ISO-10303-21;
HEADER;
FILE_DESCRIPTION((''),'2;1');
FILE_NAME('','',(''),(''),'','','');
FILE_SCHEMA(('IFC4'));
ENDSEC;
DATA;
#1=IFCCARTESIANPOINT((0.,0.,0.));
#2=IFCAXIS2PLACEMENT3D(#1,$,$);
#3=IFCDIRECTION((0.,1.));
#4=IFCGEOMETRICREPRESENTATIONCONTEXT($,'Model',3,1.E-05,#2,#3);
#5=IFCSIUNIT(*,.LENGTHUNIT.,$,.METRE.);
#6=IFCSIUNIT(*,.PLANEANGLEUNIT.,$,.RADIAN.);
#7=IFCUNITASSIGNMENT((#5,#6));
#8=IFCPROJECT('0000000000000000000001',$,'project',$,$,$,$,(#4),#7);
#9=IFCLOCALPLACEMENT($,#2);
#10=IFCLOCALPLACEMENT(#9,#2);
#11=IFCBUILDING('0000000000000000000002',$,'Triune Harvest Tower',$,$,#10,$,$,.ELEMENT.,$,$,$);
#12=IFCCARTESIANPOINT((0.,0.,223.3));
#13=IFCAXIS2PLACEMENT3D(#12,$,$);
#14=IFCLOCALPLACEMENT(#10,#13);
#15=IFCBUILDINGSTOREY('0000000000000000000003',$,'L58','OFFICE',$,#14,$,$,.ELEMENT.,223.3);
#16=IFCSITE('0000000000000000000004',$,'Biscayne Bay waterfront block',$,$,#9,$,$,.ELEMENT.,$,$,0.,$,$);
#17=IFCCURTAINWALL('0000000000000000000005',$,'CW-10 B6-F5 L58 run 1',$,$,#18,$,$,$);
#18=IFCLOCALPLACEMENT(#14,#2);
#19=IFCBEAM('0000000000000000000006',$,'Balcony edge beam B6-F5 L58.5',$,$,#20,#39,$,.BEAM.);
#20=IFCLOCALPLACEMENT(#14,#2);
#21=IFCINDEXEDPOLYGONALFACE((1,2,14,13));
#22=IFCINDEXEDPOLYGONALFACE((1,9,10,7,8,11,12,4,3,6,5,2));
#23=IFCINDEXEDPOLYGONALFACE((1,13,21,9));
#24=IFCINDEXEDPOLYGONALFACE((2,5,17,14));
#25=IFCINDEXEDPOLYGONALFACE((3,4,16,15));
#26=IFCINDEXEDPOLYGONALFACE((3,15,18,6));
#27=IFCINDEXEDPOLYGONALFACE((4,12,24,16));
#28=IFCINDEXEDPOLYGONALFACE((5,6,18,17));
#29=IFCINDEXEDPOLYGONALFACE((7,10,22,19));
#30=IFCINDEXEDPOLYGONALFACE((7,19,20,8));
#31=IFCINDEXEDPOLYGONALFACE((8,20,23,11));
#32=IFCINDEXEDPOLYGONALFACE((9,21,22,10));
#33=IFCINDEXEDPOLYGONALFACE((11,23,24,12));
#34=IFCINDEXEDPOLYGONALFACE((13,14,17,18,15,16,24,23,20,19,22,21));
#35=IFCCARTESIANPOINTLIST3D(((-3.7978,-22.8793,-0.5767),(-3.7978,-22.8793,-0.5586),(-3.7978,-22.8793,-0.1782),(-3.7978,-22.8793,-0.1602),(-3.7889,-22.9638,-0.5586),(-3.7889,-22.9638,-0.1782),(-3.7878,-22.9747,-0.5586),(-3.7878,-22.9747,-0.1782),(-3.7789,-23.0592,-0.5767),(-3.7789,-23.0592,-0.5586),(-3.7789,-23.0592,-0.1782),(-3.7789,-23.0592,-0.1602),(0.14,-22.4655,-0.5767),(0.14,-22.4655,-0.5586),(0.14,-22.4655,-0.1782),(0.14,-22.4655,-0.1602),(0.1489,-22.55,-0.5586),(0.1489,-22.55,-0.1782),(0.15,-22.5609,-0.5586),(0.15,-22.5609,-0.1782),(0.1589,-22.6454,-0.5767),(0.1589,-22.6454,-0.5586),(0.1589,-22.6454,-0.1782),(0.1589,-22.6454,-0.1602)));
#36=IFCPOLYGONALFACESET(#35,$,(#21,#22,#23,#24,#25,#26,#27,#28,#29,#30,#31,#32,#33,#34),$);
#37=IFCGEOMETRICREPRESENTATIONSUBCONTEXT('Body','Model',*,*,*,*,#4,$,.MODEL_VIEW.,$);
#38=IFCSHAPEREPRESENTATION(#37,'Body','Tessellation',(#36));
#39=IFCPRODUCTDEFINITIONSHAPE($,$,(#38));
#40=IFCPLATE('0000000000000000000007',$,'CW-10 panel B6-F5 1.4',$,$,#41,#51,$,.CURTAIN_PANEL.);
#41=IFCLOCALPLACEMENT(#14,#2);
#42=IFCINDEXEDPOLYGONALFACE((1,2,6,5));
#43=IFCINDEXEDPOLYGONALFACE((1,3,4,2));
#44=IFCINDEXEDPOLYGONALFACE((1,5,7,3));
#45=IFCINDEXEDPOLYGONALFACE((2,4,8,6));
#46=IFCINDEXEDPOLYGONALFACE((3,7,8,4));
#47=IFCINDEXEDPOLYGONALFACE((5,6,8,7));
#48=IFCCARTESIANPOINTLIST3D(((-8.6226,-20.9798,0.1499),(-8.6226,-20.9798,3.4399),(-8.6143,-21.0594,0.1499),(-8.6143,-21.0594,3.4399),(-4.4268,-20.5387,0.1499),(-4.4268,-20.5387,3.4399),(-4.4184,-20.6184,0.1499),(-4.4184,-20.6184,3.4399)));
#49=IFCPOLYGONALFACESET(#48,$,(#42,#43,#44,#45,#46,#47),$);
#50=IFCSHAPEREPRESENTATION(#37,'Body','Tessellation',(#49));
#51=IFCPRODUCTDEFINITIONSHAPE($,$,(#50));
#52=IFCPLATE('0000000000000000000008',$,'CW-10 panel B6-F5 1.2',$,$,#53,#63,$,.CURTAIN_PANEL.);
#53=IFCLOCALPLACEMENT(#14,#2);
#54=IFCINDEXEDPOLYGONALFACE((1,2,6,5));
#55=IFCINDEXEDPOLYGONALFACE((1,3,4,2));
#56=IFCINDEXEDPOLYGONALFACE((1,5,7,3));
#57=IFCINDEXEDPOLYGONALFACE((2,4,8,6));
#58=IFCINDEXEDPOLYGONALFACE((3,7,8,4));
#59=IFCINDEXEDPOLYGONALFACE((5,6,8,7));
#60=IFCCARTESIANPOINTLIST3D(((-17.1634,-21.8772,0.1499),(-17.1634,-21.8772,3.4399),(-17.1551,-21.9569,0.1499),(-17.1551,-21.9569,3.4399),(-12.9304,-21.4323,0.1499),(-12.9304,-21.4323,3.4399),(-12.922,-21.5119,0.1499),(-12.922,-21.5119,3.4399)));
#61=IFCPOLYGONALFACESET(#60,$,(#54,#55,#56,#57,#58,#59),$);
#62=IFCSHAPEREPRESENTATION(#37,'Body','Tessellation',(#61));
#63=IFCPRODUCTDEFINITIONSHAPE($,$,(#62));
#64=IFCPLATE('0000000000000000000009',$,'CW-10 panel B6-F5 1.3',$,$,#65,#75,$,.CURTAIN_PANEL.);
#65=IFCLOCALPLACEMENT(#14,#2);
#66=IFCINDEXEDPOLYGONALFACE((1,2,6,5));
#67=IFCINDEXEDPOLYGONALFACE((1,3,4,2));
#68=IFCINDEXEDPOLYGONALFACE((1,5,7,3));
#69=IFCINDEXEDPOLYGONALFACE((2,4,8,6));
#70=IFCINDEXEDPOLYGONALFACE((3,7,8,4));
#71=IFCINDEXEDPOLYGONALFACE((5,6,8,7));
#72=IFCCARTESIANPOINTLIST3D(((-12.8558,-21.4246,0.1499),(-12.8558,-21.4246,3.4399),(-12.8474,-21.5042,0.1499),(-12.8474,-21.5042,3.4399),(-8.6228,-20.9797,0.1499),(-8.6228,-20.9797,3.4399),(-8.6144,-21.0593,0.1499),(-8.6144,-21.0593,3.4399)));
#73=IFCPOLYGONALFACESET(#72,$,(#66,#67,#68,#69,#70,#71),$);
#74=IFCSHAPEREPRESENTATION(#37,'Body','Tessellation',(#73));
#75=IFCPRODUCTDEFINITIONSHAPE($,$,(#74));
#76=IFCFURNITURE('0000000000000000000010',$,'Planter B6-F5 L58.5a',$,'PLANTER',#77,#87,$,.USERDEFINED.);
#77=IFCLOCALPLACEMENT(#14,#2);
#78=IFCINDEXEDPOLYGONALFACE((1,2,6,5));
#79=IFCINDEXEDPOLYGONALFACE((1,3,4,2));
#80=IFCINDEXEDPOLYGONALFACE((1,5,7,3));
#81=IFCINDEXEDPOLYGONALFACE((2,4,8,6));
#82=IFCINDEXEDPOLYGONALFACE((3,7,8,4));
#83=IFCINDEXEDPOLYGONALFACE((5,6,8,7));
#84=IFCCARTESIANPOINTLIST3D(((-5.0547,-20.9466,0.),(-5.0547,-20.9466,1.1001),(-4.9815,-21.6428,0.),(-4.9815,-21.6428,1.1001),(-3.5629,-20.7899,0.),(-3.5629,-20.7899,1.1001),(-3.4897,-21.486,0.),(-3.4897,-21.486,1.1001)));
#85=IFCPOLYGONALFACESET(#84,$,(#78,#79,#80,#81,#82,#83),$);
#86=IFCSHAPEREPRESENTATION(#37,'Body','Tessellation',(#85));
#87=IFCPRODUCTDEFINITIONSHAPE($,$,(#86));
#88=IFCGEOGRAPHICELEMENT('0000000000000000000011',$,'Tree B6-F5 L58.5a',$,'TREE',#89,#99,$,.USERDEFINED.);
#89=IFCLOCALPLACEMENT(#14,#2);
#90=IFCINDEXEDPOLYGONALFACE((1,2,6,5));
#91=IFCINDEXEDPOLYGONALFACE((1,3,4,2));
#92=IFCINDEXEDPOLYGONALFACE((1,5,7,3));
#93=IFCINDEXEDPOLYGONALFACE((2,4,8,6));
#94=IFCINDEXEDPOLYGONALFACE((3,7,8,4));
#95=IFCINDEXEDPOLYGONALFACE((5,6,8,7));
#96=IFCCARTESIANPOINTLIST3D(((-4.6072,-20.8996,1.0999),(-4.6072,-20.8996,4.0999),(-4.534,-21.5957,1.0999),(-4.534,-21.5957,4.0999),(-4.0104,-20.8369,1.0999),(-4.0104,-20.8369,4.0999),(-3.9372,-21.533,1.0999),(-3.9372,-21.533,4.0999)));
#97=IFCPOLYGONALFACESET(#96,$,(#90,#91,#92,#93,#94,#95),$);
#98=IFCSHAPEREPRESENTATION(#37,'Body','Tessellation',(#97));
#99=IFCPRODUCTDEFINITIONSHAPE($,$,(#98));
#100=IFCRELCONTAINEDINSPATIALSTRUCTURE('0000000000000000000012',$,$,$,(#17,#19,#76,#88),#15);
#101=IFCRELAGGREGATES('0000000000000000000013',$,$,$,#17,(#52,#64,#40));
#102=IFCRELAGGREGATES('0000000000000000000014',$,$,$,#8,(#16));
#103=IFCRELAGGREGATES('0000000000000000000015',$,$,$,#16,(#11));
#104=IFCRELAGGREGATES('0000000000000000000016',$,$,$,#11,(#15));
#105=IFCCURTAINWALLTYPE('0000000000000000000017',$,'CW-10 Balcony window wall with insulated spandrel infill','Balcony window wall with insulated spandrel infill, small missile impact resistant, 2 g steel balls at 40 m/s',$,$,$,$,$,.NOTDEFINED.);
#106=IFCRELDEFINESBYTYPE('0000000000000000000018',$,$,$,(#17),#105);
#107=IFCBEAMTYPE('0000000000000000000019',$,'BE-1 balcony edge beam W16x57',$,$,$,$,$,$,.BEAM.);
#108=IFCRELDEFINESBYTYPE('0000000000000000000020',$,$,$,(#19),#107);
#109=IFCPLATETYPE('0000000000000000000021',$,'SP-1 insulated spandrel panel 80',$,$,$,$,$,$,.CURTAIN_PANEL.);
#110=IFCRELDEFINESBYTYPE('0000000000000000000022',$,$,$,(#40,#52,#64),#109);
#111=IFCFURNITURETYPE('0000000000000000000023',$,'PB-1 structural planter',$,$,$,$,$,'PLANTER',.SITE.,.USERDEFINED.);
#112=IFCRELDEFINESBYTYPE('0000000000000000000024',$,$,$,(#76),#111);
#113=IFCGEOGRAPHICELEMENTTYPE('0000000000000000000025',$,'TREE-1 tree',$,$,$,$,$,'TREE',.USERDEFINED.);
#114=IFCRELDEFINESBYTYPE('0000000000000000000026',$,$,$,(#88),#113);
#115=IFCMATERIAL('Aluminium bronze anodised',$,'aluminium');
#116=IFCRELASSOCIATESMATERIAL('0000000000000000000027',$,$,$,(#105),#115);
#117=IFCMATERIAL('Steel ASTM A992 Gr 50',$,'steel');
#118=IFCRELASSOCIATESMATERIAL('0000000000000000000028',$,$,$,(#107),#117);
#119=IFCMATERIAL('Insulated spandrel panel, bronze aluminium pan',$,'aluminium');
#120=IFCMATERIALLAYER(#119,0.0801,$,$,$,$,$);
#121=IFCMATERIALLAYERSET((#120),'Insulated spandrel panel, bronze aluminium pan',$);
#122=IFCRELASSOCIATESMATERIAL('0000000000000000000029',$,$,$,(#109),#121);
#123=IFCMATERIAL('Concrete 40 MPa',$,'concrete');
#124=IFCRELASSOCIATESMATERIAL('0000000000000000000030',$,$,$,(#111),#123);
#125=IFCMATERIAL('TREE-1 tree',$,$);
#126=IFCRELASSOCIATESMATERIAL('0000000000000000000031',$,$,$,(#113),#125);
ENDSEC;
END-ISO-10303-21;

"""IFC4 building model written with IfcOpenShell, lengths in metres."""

from ifc_helpers import new_model, si_unit, direction, frame, origin, origin_2d, place, context, subcontext, project, spatial, rectangle, i_section, extrude, source, transform, mapped, material, layer, layer_set, material_profile, profile_set, type_object, element, aggregate, save


model = new_model("IFC4")

# Units and contexts
model_context = context("Model", 3, precision=1e-05, world=origin(), true_north=direction((0.0, 1.0)))
body_context = subcontext(model_context, "Body", "Model", "MODEL_VIEW")
ifc_project = project(units=[si_unit("LENGTHUNIT", "METRE"), si_unit("PLANEANGLEUNIT", "RADIAN")], contexts=[model_context])

# Site, building, storey
site_placement = place(None, origin())
site = spatial("IfcSite", under=ifc_project, at=site_placement, Name="Biscayne Bay waterfront block", CompositionType="ELEMENT", RefElevation=0.0)
building_placement = place(site_placement, origin())
building = spatial("IfcBuilding", under=site, at=building_placement, Name="Triune Harvest Tower", CompositionType="ELEMENT")
storey_placement = place(building_placement, frame((0.0, 0.0, 223.3)))
storey = spatial("IfcBuildingStorey", under=building, at=storey_placement, Name="L58", Description="OFFICE", CompositionType="ELEMENT", Elevation=223.3)

# Curtain wall
ifc_material_1 = material(Name="Aluminium bronze anodised", Category="aluminium")
curtain_wall_type = type_object("IfcCurtainWallType", Name="CW-10 Balcony window wall with insulated spandrel infill", Description="Balcony window wall with insulated spandrel infill, small missile impact resistant, 2 g steel balls at 40 m/s", PredefinedType="NOTDEFINED", material=ifc_material_1)
curtain_wall_placement = place(storey_placement, origin())
curtain_wall = element("IfcCurtainWall", 1, at=curtain_wall_placement, inside=storey, type_object=curtain_wall_type, Name="CW-10 B6-F5 L58 run 1")

# Beam
ifc_material_2 = material(Name="Steel ASTM A992 Gr 50", Category="steel")
ifc_material_profile_1 = material_profile(ifc_material_2, i_section(OverallWidth=0.1809, OverallDepth=0.4165, WebThickness=0.011, FlangeThickness=0.0181, at=origin_2d()), Name="W16x57")
ifc_profile_set_1 = profile_set([ifc_material_profile_1], Name="Steel ASTM A992 Gr 50")
beam_type_1 = type_object("IfcBeamType", Name="BE-1 balcony edge beam W16x57", PredefinedType="BEAM", material=ifc_profile_set_1)
shared_shape_1 = source(origin(), body_context, "Body", "SweptSolid", [
    extrude(i_section(OverallWidth=0.1809, OverallDepth=0.4165, WebThickness=0.011, FlangeThickness=0.0181, at=origin_2d()), origin(), (0.0, 0.0, 1.0), 3.9595),
])
beam_1_placement = place(storey_placement, frame((-3.7883, -22.9692, -0.3684), z_axis=(0.994523, 0.104515, 0.0), x_axis=(-0.104515, 0.994523, 0.0)))
element("IfcBeam", 2, at=beam_1_placement, inside=storey, type_object=beam_type_1, Name="Balcony edge beam B6-F5 L58.5", PredefinedType="BEAM", context=body_context, shape_type="MappedRepresentation", body=[
    mapped(shared_shape_1, transform((0.0, 0.0, 0.0), scale=1.0)),
])

# Plates
ifc_material_3 = material(Name="Insulated spandrel panel, bronze aluminium pan", Category="aluminium")
ifc_layer = layer(ifc_material_3, 0.0801)
ifc_layer_set = layer_set([ifc_layer], Name="Insulated spandrel panel, bronze aluminium pan")
plate_type = type_object("IfcPlateType", Name="SP-1 insulated spandrel panel 80", PredefinedType="CURTAIN_PANEL", material=ifc_layer_set)
shared_shape_2 = source(origin(), body_context, "Body", "SweptSolid", [
    extrude(rectangle(XDim=4.219, YDim=0.0801, at=origin_2d()), origin(), (0.0, 0.0, 1.0), 3.29),
])
plate_1_placement = place(storey_placement, frame((-6.5205, -20.7991, 0.1499), z_axis=(0.0, 0.0, 1.0), x_axis=(0.994522, 0.10453, 0.0)))
plate_1 = element("IfcPlate", 3, at=plate_1_placement, type_object=plate_type, Name="CW-10 panel B6-F5 1.4", PredefinedType="CURTAIN_PANEL", context=body_context, shape_type="MappedRepresentation", body=[
    mapped(shared_shape_2, transform((0.0, 0.0, 0.0), scale=1.0)),
])
shared_shape_3 = source(origin(), body_context, "Body", "SweptSolid", [
    extrude(rectangle(XDim=4.2563, YDim=0.0801, at=origin_2d()), origin(), (0.0, 0.0, 1.0), 3.29),
])
plate_2_placement = place(storey_placement, frame((-15.0427, -21.6946, 0.1499), z_axis=(0.0, 0.0, 1.0), x_axis=(0.994522, 0.10453, 0.0)))
plate_2 = element("IfcPlate", 4, at=plate_2_placement, type_object=plate_type, Name="CW-10 panel B6-F5 1.2", PredefinedType="CURTAIN_PANEL", context=body_context, shape_type="MappedRepresentation", body=[
    mapped(shared_shape_3, transform((0.0, 0.0, 0.0), scale=1.0)),
])
plate_3_placement = place(storey_placement, frame((-10.7351, -21.2419, 0.1499), z_axis=(0.0, 0.0, 1.0), x_axis=(0.994522, 0.10453, 0.0)))
plate_3 = element("IfcPlate", 5, at=plate_3_placement, type_object=plate_type, Name="CW-10 panel B6-F5 1.3", PredefinedType="CURTAIN_PANEL", context=body_context, shape_type="MappedRepresentation", body=[
    mapped(shared_shape_3, transform((0.0, 0.0, 0.0), scale=1.0)),
])
aggregate(curtain_wall, [plate_2, plate_3, plate_1])

# Furniture
ifc_material_4 = material(Name="Concrete 40 MPa", Category="concrete")
furniture_type = type_object("IfcFurnitureType", Name="PB-1 structural planter", ElementType="PLANTER", AssemblyPlace="SITE", PredefinedType="USERDEFINED", material=ifc_material_4)
shared_shape_4 = source(origin(), body_context, "Body", "SweptSolid", [
    extrude(rectangle(XDim=1.5, YDim=0.7, at=origin_2d()), origin(), (0.0, 0.0, 1.0), 1.1001),
])
furniture_placement = place(storey_placement, frame((-4.2722, -21.2163, 0.0), z_axis=(0.0, 0.0, 1.0), x_axis=(0.994522, 0.10453, 0.0)))
element("IfcFurniture", 6, at=furniture_placement, inside=storey, type_object=furniture_type, Name="Planter B6-F5 L58.5a", ObjectType="PLANTER", PredefinedType="USERDEFINED", context=body_context, shape_type="MappedRepresentation", body=[
    mapped(shared_shape_4, transform((0.0, 0.0, 0.0), scale=1.0)),
])

# Geographic element
ifc_material_5 = material(Name="TREE-1 tree")
geographic_element_type = type_object("IfcGeographicElementType", Name="TREE-1 tree", ElementType="TREE", PredefinedType="USERDEFINED", material=ifc_material_5)
shared_shape_5 = source(origin(), body_context, "Body", "SweptSolid", [
    extrude(rectangle(XDim=0.6001, YDim=0.7, at=origin_2d()), origin(), (0.0, 0.0, 1.0), 3.0),
])
geographic_element_placement = place(storey_placement, frame((-4.2722, -21.2163, 1.0999), z_axis=(0.0, 0.0, 1.0), x_axis=(0.994522, 0.10453, 0.0)))
element("IfcGeographicElement", 7, at=geographic_element_placement, inside=storey, type_object=geographic_element_type, Name="Tree B6-F5 L58.5a", ObjectType="TREE", PredefinedType="USERDEFINED", context=body_context, shape_type="MappedRepresentation", body=[
    mapped(shared_shape_5, transform((0.0, 0.0, 0.0), scale=1.0)),
])

save(model, "model.ifc")
